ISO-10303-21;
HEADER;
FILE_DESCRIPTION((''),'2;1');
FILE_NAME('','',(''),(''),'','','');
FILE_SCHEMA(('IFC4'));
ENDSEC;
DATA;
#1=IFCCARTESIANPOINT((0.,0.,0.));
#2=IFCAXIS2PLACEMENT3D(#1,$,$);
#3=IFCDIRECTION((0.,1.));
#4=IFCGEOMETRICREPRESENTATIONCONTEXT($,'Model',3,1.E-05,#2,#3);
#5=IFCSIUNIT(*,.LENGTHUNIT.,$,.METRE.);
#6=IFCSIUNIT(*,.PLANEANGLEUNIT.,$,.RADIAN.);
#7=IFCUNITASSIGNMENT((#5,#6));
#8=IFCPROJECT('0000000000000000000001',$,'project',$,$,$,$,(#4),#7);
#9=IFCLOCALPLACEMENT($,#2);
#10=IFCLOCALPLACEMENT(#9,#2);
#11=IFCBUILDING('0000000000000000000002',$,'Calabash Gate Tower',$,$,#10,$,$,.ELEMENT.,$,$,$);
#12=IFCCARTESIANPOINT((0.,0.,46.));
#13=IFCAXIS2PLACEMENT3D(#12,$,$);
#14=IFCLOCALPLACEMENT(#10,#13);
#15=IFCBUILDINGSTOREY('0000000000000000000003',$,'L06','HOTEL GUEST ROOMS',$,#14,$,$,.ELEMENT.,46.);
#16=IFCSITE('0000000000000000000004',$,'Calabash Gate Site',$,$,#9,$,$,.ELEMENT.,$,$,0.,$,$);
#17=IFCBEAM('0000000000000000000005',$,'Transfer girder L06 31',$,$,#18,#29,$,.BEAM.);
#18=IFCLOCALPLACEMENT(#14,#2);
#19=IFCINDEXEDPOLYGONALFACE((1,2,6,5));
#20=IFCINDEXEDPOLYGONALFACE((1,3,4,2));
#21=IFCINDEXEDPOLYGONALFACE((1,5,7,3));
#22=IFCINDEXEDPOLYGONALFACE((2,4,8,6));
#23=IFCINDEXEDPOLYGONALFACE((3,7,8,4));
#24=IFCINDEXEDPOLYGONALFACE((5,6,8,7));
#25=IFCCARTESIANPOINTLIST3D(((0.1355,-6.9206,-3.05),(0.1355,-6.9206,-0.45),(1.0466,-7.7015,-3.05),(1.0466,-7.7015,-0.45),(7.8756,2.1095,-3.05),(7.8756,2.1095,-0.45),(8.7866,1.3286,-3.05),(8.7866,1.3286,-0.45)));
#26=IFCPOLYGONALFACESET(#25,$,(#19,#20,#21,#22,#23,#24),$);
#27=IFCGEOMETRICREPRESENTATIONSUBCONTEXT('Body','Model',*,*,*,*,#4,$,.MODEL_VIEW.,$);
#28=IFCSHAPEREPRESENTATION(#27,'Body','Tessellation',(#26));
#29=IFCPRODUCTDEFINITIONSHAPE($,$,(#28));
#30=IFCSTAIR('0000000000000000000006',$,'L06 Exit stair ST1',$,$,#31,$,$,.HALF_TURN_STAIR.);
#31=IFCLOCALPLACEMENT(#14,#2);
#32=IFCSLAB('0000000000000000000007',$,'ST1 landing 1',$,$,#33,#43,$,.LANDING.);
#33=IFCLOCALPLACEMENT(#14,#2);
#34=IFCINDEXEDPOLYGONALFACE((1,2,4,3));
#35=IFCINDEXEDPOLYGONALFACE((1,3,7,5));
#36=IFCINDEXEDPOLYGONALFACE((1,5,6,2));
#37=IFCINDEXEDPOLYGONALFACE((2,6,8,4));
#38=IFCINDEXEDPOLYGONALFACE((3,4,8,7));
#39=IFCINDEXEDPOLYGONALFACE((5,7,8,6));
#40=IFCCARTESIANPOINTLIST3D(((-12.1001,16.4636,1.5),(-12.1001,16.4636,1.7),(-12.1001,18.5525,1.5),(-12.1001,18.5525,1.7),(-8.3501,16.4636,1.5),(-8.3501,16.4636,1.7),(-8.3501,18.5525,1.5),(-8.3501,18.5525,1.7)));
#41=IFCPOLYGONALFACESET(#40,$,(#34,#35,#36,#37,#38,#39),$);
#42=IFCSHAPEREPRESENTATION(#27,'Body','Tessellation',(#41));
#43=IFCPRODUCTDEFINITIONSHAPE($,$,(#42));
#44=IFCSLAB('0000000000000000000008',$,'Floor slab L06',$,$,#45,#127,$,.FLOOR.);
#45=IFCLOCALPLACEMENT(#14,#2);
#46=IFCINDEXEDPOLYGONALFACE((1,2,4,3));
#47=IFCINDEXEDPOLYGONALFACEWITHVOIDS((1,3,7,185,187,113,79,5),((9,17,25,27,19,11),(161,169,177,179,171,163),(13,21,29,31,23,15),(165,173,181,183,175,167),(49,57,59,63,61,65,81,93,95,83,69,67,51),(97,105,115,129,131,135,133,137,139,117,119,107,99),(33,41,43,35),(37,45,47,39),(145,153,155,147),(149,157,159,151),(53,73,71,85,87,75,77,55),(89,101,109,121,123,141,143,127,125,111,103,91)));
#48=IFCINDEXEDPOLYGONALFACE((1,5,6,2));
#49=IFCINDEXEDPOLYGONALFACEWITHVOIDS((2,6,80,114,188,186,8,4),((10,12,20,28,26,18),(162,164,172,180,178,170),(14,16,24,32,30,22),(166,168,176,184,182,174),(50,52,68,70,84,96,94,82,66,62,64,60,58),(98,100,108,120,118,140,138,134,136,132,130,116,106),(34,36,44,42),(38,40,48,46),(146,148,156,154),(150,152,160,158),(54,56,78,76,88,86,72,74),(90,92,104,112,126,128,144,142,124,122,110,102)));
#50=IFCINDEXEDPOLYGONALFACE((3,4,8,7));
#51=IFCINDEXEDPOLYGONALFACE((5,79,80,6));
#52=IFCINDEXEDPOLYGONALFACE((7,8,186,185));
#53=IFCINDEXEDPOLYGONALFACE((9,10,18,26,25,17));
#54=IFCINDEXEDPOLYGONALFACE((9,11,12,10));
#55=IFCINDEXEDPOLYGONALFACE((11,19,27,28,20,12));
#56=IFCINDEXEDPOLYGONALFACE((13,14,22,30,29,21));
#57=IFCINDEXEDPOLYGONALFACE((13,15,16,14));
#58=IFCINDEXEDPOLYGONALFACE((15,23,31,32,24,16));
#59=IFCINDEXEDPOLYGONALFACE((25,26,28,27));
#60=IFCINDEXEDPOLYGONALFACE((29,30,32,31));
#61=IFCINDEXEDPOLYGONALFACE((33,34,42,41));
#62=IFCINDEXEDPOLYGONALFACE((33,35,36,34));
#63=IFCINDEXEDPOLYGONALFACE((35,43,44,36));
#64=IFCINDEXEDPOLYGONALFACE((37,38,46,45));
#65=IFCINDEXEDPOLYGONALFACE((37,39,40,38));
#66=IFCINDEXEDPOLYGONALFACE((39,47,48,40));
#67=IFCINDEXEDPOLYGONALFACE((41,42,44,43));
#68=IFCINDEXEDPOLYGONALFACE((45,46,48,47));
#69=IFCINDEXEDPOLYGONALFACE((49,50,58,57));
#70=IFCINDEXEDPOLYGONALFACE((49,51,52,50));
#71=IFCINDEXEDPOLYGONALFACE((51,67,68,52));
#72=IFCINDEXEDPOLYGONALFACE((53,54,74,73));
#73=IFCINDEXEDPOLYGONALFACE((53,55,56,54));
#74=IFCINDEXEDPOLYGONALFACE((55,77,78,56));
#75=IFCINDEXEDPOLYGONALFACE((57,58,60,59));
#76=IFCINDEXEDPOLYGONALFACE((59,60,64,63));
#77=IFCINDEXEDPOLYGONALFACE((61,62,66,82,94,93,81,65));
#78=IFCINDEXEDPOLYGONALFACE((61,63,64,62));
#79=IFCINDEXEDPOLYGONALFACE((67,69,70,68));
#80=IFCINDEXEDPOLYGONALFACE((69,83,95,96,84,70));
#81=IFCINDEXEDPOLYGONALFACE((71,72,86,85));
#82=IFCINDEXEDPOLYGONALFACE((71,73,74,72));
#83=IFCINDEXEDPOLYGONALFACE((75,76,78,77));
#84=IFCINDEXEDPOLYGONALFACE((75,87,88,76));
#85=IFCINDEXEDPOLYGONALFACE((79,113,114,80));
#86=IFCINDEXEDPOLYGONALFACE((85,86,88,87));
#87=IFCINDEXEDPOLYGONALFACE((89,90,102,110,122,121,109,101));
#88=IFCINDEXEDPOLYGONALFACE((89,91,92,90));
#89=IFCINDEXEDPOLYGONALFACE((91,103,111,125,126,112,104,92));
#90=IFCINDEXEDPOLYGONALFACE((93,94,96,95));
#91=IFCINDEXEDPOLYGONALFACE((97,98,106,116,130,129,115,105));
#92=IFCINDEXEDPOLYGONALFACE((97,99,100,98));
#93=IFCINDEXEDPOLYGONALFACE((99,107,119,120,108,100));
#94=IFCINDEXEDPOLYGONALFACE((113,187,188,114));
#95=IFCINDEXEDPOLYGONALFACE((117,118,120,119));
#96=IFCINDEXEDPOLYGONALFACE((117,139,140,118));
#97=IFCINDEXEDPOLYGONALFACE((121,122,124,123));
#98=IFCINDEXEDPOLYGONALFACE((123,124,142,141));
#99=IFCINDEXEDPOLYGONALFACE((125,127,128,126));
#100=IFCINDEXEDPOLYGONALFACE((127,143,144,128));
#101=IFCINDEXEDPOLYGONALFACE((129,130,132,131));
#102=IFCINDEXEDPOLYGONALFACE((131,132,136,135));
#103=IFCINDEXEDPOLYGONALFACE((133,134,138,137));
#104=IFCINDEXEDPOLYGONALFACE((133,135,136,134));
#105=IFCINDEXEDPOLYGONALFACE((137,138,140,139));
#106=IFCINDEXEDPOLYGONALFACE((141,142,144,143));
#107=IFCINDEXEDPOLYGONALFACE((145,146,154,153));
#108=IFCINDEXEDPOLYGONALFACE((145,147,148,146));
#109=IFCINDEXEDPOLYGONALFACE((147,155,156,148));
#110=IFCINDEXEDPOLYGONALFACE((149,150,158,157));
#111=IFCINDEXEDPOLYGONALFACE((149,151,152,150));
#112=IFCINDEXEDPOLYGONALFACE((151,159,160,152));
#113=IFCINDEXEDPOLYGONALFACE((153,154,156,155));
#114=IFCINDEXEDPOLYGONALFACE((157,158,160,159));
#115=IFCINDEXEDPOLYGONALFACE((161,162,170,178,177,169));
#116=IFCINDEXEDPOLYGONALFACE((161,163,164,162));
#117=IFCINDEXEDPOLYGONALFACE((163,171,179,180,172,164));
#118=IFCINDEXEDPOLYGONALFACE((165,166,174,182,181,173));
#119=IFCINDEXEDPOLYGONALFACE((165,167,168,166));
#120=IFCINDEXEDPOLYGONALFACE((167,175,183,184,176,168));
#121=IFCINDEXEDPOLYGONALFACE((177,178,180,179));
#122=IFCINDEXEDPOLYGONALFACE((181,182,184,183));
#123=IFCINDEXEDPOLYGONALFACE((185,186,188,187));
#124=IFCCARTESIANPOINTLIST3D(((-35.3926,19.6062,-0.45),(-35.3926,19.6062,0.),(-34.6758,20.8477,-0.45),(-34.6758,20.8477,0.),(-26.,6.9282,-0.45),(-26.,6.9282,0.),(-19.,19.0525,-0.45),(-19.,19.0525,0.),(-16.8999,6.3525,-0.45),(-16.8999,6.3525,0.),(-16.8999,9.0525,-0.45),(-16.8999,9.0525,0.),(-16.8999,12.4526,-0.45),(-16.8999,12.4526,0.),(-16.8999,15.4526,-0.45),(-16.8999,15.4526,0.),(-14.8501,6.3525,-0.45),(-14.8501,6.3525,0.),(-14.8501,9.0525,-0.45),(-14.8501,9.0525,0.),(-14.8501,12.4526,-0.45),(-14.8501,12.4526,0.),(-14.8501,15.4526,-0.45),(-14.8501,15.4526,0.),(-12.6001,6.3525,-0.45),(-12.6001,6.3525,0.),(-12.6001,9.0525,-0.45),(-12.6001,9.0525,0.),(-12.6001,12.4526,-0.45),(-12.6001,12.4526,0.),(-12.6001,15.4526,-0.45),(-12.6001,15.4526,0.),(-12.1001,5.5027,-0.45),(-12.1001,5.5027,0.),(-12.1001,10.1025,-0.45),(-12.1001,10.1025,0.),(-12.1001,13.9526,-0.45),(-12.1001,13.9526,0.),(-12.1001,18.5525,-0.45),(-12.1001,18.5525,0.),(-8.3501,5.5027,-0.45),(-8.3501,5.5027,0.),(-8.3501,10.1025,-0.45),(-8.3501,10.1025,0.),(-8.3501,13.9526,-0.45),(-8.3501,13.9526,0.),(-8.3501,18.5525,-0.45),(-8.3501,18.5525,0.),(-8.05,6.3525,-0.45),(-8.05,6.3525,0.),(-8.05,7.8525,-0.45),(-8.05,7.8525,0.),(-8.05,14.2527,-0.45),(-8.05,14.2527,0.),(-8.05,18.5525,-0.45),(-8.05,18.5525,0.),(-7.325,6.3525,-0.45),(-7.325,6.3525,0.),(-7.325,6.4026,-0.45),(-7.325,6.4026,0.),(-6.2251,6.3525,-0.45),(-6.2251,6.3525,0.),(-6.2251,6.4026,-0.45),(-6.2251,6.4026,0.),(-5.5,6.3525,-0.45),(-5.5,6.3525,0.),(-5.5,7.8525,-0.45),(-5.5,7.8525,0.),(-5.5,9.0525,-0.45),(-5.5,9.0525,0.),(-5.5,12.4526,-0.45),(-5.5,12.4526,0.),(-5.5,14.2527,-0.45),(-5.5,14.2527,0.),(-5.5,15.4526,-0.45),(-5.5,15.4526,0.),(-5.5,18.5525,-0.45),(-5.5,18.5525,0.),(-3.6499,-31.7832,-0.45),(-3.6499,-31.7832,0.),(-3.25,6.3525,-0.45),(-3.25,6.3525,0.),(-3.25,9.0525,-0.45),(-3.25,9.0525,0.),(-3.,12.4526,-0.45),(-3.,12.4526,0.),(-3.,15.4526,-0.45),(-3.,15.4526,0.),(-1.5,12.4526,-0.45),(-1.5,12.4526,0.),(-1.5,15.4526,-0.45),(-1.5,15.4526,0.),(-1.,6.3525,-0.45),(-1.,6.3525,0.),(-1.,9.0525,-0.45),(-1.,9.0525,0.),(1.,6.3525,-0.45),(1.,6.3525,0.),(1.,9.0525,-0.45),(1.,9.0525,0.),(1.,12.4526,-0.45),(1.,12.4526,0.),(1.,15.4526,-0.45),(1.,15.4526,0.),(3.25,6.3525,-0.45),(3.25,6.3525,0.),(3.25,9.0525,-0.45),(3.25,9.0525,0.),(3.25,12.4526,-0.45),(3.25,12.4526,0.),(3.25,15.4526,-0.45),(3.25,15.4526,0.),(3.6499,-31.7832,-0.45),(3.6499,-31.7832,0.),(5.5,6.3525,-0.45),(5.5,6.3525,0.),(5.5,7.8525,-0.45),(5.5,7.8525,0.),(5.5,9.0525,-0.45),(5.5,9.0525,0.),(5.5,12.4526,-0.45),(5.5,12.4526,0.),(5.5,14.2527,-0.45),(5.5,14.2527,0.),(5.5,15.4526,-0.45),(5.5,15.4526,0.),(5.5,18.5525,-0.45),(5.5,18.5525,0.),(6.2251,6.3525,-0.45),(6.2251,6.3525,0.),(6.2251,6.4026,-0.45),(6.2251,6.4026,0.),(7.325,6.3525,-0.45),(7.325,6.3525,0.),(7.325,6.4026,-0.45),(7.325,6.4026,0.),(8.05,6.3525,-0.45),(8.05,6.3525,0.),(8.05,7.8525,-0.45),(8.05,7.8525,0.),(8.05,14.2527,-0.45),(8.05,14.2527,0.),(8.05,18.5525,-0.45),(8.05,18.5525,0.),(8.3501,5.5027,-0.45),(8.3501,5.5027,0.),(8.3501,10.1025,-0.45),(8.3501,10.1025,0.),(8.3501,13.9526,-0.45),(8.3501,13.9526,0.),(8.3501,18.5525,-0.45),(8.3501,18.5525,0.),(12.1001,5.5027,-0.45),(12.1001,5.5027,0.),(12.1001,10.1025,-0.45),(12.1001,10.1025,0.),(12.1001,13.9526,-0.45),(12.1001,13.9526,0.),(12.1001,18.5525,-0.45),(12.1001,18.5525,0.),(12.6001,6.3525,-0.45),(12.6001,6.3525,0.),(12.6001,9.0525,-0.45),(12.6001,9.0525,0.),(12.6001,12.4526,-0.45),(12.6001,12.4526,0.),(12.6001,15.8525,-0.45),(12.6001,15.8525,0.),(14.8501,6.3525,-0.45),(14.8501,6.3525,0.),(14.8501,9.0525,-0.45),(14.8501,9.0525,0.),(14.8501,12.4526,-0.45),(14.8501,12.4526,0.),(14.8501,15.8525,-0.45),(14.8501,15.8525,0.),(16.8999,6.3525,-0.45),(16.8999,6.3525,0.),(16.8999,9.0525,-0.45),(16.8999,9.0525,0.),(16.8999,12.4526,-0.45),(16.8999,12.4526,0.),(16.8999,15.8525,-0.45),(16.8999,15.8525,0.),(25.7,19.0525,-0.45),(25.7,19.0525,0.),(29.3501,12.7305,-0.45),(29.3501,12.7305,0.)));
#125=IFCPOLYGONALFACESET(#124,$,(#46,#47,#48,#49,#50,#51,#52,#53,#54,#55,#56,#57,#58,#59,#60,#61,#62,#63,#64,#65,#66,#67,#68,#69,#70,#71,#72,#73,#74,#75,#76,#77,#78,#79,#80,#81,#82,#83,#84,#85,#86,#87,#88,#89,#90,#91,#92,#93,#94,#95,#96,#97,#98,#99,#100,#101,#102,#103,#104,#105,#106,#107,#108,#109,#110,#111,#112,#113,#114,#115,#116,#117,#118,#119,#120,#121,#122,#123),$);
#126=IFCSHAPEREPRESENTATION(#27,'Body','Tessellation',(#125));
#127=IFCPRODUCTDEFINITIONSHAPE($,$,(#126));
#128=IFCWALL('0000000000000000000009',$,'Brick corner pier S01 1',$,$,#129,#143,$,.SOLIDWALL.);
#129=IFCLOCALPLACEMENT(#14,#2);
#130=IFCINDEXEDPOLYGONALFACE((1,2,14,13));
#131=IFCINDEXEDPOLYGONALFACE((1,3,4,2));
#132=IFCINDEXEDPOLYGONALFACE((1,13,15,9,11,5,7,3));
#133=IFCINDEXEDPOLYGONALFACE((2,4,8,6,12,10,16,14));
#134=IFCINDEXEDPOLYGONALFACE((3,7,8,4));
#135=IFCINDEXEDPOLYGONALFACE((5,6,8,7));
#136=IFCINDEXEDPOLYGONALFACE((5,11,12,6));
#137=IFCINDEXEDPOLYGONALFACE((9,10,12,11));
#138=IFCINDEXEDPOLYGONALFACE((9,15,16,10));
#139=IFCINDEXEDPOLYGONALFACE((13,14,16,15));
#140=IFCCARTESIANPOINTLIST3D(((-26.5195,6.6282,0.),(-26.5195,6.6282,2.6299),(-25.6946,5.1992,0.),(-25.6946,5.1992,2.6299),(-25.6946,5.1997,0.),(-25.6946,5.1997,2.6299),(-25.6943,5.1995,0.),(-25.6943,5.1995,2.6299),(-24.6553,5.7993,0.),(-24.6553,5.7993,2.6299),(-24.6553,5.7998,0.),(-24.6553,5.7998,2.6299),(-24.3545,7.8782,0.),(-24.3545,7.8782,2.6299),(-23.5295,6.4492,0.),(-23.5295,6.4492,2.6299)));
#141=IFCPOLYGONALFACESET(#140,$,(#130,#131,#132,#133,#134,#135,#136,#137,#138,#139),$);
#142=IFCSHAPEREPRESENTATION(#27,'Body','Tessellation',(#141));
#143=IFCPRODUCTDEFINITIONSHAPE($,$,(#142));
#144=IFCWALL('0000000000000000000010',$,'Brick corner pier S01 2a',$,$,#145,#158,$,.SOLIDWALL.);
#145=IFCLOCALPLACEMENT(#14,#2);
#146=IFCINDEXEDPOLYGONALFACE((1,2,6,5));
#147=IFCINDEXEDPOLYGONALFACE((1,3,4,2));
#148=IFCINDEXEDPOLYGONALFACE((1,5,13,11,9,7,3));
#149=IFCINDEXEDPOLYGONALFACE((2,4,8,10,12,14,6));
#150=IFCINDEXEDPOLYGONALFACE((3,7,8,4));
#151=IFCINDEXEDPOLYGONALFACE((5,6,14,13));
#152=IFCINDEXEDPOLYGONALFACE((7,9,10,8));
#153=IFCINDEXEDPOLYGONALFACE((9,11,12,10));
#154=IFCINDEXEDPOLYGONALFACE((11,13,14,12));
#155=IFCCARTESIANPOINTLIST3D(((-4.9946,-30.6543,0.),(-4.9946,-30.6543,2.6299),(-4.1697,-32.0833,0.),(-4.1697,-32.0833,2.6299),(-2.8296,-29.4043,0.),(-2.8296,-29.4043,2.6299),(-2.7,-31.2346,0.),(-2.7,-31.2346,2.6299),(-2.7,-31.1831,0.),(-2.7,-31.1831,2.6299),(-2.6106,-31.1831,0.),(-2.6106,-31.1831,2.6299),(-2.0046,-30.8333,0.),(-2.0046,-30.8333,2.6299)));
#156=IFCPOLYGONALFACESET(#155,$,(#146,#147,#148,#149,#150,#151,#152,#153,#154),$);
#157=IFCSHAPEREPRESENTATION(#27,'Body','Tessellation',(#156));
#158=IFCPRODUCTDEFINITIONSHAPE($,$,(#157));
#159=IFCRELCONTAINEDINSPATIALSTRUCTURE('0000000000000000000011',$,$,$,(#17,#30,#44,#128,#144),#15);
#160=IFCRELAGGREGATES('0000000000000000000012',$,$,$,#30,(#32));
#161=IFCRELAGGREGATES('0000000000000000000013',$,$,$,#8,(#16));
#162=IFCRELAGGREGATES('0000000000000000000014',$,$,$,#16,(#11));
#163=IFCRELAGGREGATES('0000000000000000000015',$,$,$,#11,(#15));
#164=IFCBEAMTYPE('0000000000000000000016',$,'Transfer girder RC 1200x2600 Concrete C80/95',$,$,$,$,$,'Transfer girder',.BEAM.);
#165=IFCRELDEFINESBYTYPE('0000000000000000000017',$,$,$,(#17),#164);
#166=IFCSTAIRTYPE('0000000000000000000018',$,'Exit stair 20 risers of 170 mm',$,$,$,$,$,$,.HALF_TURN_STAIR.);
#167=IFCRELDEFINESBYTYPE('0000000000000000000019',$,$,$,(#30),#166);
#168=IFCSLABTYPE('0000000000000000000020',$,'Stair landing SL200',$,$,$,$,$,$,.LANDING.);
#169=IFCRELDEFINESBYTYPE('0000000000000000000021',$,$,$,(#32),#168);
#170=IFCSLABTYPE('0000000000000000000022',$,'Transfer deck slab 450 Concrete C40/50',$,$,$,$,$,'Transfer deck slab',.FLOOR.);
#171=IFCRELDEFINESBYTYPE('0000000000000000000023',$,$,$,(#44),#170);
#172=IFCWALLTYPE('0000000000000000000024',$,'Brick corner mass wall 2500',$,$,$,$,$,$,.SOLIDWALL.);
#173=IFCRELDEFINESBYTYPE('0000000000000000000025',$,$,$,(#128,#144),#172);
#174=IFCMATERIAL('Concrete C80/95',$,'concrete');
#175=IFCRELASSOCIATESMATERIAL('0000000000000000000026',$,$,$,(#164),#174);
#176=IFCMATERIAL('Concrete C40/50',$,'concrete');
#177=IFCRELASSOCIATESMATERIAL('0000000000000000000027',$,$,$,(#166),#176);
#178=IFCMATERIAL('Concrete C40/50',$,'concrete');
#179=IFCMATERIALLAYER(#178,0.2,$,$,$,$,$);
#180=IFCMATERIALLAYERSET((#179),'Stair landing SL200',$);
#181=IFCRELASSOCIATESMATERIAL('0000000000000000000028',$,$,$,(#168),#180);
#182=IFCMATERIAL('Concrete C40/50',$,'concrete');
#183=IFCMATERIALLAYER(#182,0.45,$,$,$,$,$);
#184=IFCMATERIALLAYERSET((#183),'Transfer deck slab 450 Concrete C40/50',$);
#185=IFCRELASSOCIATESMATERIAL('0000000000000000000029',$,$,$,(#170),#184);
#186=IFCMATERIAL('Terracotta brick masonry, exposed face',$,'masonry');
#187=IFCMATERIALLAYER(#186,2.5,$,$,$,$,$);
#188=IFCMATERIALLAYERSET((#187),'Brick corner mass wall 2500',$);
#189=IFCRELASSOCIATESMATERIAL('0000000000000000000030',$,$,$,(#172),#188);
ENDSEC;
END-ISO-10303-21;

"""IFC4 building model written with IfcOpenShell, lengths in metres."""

from ifc_helpers import new_model, si_unit, direction, frame, origin, origin_2d, place, context, subcontext, project, spatial, polyline, rectangle, outline, extrude, material, layer, layer_set, material_profile, profile_set, type_object, element, aggregate, save


model = new_model("IFC4")

# Units and contexts
model_context = context("Model", 3, precision=1e-05, world=origin(), true_north=direction((0.0, 1.0)))
body_context = subcontext(model_context, "Body", "Model", "MODEL_VIEW")
ifc_project = project(units=[si_unit("LENGTHUNIT", "METRE"), si_unit("PLANEANGLEUNIT", "RADIAN")], contexts=[model_context])

# Site, building, storey
site_placement = place(None, origin())
site = spatial("IfcSite", under=ifc_project, at=site_placement, Name="Calabash Gate Site", CompositionType="ELEMENT", RefElevation=0.0)
building_placement = place(site_placement, origin())
building = spatial("IfcBuilding", under=site, at=building_placement, Name="Calabash Gate Tower", CompositionType="ELEMENT")
storey_placement = place(building_placement, frame((0.0, 0.0, 46.0)))
storey = spatial("IfcBuildingStorey", under=building, at=storey_placement, Name="L06", Description="HOTEL GUEST ROOMS", CompositionType="ELEMENT", Elevation=46.0)

# Beam
ifc_material_1 = material(Name="Concrete C80/95", Category="concrete")
ifc_material_profile = material_profile(ifc_material_1, rectangle(XDim=1.2, YDim=2.6001, at=origin_2d()))
ifc_profile_set = profile_set([ifc_material_profile], Name="Concrete C80/95")
beam_type = type_object("IfcBeamType", Name="Transfer girder RC 1200x2600 Concrete C80/95", ElementType="Transfer girder", PredefinedType="BEAM", material=ifc_profile_set)
beam_placement = place(storey_placement, frame((0.5911, -7.311, -1.75), z_axis=(0.65079, 0.759258, 0.0), x_axis=(-0.759258, 0.65079, 0.0)))
element("IfcBeam", 1, at=beam_placement, inside=storey, type_object=beam_type, Name="Transfer girder L06 31", PredefinedType="BEAM", context=body_context, shape_type="SweptSolid", body=[
    extrude(rectangle(XDim=1.2, YDim=2.6001, at=origin_2d()), origin(), (0.0, 0.0, 1.0), 11.8933),
])

# Stair, slab
ifc_material_2 = material(Name="Concrete C40/50", Category="concrete")
stair_type = type_object("IfcStairType", Name="Exit stair 20 risers of 170 mm", PredefinedType="HALF_TURN_STAIR", material=ifc_material_2)
stair_placement = place(storey_placement, origin())
stair = element("IfcStair", 2, at=stair_placement, inside=storey, type_object=stair_type, Name="L06 Exit stair ST1", PredefinedType="HALF_TURN_STAIR")
ifc_material_3 = material(Name="Concrete C40/50", Category="concrete")
ifc_layer_1 = layer(ifc_material_3, 0.2)
ifc_layer_set_1 = layer_set([ifc_layer_1], Name="Stair landing SL200")
slab_type_1 = type_object("IfcSlabType", Name="Stair landing SL200", PredefinedType="LANDING", material=ifc_layer_set_1)
slab_1_placement = place(storey_placement, frame((0.0, 0.0, 1.5)))
slab_1 = element("IfcSlab", 3, at=slab_1_placement, type_object=slab_type_1, Name="ST1 landing 1", PredefinedType="LANDING", context=body_context, shape_type="SweptSolid", body=[
    extrude(outline(polyline([(-8.3501, 16.4636), (-8.3501, 18.5525), (-12.1001, 18.5525), (-12.1001, 16.4636), (-8.3501, 16.4636)])), origin(), (0.0, 0.0, 1.0), 0.2),
])
aggregate(stair, [slab_1])

# Slab
ifc_material_4 = material(Name="Concrete C40/50", Category="concrete")
ifc_layer_2 = layer(ifc_material_4, 0.45)
ifc_layer_set_2 = layer_set([ifc_layer_2], Name="Transfer deck slab 450 Concrete C40/50")
slab_type_2 = type_object("IfcSlabType", Name="Transfer deck slab 450 Concrete C40/50", ElementType="Transfer deck slab", PredefinedType="FLOOR", material=ifc_layer_set_2)
slab_2_placement = place(storey_placement, frame((0.0, 0.0, -0.45)))
element("IfcSlab", 4, at=slab_2_placement, inside=storey, type_object=slab_type_2, Name="Floor slab L06", PredefinedType="FLOOR", context=body_context, shape_type="SweptSolid", body=[
    extrude(outline(polyline([(-26.0, 6.9282), (-35.3926, 19.6062), (-34.6758, 20.8477), (-19.0, 19.0525), (25.7, 19.0525), (29.3501, 12.7305), (3.6499, -31.7832), (-3.6499, -31.7832), (-26.0, 6.9282)]), holes=[polyline([(-5.5, 9.0525), (-5.5, 7.8525), (-8.05, 7.8525), (-8.05, 6.3525), (-7.325, 6.3525), (-7.325, 6.4026), (-6.2251, 6.4026), (-6.2251, 6.3525), (-5.5, 6.3525), (-3.25, 6.3525), (-1.0, 6.3525), (-1.0, 9.0525), (-3.25, 9.0525), (-5.5, 9.0525)]), polyline([(5.5, 9.0525), (3.25, 9.0525), (1.0, 9.0525), (1.0, 6.3525), (3.25, 6.3525), (5.5, 6.3525), (6.2251, 6.3525), (6.2251, 6.4026), (7.325, 6.4026), (7.325, 6.3525), (8.05, 6.3525), (8.05, 7.8525), (5.5, 7.8525), (5.5, 9.0525)]), polyline([(-5.5, 14.2527), (-5.5, 12.4526), (-3.0, 12.4526), (-3.0, 15.4526), (-5.5, 15.4526), (-5.5, 18.5525), (-8.05, 18.5525), (-8.05, 14.2527), (-5.5, 14.2527)]), polyline([(8.05, 18.5525), (5.5, 18.5525), (5.5, 15.4526), (3.25, 15.4526), (1.0, 15.4526), (-1.5, 15.4526), (-1.5, 12.4526), (1.0, 12.4526), (3.25, 12.4526), (5.5, 12.4526), (5.5, 14.2527), (8.05, 14.2527), (8.05, 18.5525)]), polyline([(-12.6001, 6.3525), (-12.6001, 9.0525), (-14.8501, 9.0525), (-16.8999, 9.0525), (-16.8999, 6.3525), (-14.8501, 6.3525), (-12.6001, 6.3525)]), polyline([(-14.8501, 12.4526), (-12.6001, 12.4526), (-12.6001, 15.4526), (-14.8501, 15.4526), (-16.8999, 15.4526), (-16.8999, 12.4526), (-14.8501, 12.4526)]), polyline([(14.8501, 6.3525), (16.8999, 6.3525), (16.8999, 9.0525), (14.8501, 9.0525), (12.6001, 9.0525), (12.6001, 6.3525), (14.8501, 6.3525)]), polyline([(14.8501, 12.4526), (16.8999, 12.4526), (16.8999, 15.8525), (14.8501, 15.8525), (12.6001, 15.8525), (12.6001, 12.4526), (14.8501, 12.4526)]), polyline([(-8.3501, 18.5525), (-12.1001, 18.5525), (-12.1001, 13.9526), (-8.3501, 13.9526), (-8.3501, 18.5525)]), polyline([(-12.1001, 10.1025), (-12.1001, 5.5027), (-8.3501, 5.5027), (-8.3501, 10.1025), (-12.1001, 10.1025)]), polyline([(8.3501, 13.9526), (12.1001, 13.9526), (12.1001, 18.5525), (8.3501, 18.5525), (8.3501, 13.9526)]), polyline([(12.1001, 5.5027), (12.1001, 10.1025), (8.3501, 10.1025), (8.3501, 5.5027), (12.1001, 5.5027)])]), origin(), (0.0, 0.0, 1.0), 0.45),
])

# Walls
ifc_material_5 = material(Name="Terracotta brick masonry, exposed face", Category="masonry")
ifc_layer_3 = layer(ifc_material_5, 2.5)
ifc_layer_set_3 = layer_set([ifc_layer_3], Name="Brick corner mass wall 2500")
wall_type_1 = type_object("IfcWallType", Name="Brick corner mass wall 2500", PredefinedType="SOLIDWALL", material=ifc_layer_set_3)
wall_1_placement = place(storey_placement, origin())
element("IfcWall", 5, at=wall_1_placement, inside=storey, type_object=wall_type_1, Name="Brick corner pier S01 1", PredefinedType="SOLIDWALL", context=body_context, shape_type="SweptSolid", body=[
    extrude(outline(polyline([(-25.6946, 5.1997), (-24.6553, 5.7998), (-24.6553, 5.7993), (-23.5295, 6.4492), (-24.3545, 7.8782), (-26.5195, 6.6282), (-25.6946, 5.1992), (-25.6943, 5.1995), (-25.6946, 5.1997)])), origin(), (0.0, 0.0, 1.0), 2.6299),
])
wall_2_placement = place(storey_placement, origin())
element("IfcWall", 6, at=wall_2_placement, inside=storey, type_object=wall_type_1, Name="Brick corner pier S01 2a", PredefinedType="SOLIDWALL", context=body_context, shape_type="SweptSolid", body=[
    extrude(outline(polyline([(-2.0046, -30.8333), (-2.8296, -29.4043), (-4.9946, -30.6543), (-4.1697, -32.0833), (-2.7, -31.2346), (-2.7, -31.1831), (-2.6106, -31.1831), (-2.0046, -30.8333)])), origin(), (0.0, 0.0, 1.0), 2.6299),
])

save(model, "model.ifc")
